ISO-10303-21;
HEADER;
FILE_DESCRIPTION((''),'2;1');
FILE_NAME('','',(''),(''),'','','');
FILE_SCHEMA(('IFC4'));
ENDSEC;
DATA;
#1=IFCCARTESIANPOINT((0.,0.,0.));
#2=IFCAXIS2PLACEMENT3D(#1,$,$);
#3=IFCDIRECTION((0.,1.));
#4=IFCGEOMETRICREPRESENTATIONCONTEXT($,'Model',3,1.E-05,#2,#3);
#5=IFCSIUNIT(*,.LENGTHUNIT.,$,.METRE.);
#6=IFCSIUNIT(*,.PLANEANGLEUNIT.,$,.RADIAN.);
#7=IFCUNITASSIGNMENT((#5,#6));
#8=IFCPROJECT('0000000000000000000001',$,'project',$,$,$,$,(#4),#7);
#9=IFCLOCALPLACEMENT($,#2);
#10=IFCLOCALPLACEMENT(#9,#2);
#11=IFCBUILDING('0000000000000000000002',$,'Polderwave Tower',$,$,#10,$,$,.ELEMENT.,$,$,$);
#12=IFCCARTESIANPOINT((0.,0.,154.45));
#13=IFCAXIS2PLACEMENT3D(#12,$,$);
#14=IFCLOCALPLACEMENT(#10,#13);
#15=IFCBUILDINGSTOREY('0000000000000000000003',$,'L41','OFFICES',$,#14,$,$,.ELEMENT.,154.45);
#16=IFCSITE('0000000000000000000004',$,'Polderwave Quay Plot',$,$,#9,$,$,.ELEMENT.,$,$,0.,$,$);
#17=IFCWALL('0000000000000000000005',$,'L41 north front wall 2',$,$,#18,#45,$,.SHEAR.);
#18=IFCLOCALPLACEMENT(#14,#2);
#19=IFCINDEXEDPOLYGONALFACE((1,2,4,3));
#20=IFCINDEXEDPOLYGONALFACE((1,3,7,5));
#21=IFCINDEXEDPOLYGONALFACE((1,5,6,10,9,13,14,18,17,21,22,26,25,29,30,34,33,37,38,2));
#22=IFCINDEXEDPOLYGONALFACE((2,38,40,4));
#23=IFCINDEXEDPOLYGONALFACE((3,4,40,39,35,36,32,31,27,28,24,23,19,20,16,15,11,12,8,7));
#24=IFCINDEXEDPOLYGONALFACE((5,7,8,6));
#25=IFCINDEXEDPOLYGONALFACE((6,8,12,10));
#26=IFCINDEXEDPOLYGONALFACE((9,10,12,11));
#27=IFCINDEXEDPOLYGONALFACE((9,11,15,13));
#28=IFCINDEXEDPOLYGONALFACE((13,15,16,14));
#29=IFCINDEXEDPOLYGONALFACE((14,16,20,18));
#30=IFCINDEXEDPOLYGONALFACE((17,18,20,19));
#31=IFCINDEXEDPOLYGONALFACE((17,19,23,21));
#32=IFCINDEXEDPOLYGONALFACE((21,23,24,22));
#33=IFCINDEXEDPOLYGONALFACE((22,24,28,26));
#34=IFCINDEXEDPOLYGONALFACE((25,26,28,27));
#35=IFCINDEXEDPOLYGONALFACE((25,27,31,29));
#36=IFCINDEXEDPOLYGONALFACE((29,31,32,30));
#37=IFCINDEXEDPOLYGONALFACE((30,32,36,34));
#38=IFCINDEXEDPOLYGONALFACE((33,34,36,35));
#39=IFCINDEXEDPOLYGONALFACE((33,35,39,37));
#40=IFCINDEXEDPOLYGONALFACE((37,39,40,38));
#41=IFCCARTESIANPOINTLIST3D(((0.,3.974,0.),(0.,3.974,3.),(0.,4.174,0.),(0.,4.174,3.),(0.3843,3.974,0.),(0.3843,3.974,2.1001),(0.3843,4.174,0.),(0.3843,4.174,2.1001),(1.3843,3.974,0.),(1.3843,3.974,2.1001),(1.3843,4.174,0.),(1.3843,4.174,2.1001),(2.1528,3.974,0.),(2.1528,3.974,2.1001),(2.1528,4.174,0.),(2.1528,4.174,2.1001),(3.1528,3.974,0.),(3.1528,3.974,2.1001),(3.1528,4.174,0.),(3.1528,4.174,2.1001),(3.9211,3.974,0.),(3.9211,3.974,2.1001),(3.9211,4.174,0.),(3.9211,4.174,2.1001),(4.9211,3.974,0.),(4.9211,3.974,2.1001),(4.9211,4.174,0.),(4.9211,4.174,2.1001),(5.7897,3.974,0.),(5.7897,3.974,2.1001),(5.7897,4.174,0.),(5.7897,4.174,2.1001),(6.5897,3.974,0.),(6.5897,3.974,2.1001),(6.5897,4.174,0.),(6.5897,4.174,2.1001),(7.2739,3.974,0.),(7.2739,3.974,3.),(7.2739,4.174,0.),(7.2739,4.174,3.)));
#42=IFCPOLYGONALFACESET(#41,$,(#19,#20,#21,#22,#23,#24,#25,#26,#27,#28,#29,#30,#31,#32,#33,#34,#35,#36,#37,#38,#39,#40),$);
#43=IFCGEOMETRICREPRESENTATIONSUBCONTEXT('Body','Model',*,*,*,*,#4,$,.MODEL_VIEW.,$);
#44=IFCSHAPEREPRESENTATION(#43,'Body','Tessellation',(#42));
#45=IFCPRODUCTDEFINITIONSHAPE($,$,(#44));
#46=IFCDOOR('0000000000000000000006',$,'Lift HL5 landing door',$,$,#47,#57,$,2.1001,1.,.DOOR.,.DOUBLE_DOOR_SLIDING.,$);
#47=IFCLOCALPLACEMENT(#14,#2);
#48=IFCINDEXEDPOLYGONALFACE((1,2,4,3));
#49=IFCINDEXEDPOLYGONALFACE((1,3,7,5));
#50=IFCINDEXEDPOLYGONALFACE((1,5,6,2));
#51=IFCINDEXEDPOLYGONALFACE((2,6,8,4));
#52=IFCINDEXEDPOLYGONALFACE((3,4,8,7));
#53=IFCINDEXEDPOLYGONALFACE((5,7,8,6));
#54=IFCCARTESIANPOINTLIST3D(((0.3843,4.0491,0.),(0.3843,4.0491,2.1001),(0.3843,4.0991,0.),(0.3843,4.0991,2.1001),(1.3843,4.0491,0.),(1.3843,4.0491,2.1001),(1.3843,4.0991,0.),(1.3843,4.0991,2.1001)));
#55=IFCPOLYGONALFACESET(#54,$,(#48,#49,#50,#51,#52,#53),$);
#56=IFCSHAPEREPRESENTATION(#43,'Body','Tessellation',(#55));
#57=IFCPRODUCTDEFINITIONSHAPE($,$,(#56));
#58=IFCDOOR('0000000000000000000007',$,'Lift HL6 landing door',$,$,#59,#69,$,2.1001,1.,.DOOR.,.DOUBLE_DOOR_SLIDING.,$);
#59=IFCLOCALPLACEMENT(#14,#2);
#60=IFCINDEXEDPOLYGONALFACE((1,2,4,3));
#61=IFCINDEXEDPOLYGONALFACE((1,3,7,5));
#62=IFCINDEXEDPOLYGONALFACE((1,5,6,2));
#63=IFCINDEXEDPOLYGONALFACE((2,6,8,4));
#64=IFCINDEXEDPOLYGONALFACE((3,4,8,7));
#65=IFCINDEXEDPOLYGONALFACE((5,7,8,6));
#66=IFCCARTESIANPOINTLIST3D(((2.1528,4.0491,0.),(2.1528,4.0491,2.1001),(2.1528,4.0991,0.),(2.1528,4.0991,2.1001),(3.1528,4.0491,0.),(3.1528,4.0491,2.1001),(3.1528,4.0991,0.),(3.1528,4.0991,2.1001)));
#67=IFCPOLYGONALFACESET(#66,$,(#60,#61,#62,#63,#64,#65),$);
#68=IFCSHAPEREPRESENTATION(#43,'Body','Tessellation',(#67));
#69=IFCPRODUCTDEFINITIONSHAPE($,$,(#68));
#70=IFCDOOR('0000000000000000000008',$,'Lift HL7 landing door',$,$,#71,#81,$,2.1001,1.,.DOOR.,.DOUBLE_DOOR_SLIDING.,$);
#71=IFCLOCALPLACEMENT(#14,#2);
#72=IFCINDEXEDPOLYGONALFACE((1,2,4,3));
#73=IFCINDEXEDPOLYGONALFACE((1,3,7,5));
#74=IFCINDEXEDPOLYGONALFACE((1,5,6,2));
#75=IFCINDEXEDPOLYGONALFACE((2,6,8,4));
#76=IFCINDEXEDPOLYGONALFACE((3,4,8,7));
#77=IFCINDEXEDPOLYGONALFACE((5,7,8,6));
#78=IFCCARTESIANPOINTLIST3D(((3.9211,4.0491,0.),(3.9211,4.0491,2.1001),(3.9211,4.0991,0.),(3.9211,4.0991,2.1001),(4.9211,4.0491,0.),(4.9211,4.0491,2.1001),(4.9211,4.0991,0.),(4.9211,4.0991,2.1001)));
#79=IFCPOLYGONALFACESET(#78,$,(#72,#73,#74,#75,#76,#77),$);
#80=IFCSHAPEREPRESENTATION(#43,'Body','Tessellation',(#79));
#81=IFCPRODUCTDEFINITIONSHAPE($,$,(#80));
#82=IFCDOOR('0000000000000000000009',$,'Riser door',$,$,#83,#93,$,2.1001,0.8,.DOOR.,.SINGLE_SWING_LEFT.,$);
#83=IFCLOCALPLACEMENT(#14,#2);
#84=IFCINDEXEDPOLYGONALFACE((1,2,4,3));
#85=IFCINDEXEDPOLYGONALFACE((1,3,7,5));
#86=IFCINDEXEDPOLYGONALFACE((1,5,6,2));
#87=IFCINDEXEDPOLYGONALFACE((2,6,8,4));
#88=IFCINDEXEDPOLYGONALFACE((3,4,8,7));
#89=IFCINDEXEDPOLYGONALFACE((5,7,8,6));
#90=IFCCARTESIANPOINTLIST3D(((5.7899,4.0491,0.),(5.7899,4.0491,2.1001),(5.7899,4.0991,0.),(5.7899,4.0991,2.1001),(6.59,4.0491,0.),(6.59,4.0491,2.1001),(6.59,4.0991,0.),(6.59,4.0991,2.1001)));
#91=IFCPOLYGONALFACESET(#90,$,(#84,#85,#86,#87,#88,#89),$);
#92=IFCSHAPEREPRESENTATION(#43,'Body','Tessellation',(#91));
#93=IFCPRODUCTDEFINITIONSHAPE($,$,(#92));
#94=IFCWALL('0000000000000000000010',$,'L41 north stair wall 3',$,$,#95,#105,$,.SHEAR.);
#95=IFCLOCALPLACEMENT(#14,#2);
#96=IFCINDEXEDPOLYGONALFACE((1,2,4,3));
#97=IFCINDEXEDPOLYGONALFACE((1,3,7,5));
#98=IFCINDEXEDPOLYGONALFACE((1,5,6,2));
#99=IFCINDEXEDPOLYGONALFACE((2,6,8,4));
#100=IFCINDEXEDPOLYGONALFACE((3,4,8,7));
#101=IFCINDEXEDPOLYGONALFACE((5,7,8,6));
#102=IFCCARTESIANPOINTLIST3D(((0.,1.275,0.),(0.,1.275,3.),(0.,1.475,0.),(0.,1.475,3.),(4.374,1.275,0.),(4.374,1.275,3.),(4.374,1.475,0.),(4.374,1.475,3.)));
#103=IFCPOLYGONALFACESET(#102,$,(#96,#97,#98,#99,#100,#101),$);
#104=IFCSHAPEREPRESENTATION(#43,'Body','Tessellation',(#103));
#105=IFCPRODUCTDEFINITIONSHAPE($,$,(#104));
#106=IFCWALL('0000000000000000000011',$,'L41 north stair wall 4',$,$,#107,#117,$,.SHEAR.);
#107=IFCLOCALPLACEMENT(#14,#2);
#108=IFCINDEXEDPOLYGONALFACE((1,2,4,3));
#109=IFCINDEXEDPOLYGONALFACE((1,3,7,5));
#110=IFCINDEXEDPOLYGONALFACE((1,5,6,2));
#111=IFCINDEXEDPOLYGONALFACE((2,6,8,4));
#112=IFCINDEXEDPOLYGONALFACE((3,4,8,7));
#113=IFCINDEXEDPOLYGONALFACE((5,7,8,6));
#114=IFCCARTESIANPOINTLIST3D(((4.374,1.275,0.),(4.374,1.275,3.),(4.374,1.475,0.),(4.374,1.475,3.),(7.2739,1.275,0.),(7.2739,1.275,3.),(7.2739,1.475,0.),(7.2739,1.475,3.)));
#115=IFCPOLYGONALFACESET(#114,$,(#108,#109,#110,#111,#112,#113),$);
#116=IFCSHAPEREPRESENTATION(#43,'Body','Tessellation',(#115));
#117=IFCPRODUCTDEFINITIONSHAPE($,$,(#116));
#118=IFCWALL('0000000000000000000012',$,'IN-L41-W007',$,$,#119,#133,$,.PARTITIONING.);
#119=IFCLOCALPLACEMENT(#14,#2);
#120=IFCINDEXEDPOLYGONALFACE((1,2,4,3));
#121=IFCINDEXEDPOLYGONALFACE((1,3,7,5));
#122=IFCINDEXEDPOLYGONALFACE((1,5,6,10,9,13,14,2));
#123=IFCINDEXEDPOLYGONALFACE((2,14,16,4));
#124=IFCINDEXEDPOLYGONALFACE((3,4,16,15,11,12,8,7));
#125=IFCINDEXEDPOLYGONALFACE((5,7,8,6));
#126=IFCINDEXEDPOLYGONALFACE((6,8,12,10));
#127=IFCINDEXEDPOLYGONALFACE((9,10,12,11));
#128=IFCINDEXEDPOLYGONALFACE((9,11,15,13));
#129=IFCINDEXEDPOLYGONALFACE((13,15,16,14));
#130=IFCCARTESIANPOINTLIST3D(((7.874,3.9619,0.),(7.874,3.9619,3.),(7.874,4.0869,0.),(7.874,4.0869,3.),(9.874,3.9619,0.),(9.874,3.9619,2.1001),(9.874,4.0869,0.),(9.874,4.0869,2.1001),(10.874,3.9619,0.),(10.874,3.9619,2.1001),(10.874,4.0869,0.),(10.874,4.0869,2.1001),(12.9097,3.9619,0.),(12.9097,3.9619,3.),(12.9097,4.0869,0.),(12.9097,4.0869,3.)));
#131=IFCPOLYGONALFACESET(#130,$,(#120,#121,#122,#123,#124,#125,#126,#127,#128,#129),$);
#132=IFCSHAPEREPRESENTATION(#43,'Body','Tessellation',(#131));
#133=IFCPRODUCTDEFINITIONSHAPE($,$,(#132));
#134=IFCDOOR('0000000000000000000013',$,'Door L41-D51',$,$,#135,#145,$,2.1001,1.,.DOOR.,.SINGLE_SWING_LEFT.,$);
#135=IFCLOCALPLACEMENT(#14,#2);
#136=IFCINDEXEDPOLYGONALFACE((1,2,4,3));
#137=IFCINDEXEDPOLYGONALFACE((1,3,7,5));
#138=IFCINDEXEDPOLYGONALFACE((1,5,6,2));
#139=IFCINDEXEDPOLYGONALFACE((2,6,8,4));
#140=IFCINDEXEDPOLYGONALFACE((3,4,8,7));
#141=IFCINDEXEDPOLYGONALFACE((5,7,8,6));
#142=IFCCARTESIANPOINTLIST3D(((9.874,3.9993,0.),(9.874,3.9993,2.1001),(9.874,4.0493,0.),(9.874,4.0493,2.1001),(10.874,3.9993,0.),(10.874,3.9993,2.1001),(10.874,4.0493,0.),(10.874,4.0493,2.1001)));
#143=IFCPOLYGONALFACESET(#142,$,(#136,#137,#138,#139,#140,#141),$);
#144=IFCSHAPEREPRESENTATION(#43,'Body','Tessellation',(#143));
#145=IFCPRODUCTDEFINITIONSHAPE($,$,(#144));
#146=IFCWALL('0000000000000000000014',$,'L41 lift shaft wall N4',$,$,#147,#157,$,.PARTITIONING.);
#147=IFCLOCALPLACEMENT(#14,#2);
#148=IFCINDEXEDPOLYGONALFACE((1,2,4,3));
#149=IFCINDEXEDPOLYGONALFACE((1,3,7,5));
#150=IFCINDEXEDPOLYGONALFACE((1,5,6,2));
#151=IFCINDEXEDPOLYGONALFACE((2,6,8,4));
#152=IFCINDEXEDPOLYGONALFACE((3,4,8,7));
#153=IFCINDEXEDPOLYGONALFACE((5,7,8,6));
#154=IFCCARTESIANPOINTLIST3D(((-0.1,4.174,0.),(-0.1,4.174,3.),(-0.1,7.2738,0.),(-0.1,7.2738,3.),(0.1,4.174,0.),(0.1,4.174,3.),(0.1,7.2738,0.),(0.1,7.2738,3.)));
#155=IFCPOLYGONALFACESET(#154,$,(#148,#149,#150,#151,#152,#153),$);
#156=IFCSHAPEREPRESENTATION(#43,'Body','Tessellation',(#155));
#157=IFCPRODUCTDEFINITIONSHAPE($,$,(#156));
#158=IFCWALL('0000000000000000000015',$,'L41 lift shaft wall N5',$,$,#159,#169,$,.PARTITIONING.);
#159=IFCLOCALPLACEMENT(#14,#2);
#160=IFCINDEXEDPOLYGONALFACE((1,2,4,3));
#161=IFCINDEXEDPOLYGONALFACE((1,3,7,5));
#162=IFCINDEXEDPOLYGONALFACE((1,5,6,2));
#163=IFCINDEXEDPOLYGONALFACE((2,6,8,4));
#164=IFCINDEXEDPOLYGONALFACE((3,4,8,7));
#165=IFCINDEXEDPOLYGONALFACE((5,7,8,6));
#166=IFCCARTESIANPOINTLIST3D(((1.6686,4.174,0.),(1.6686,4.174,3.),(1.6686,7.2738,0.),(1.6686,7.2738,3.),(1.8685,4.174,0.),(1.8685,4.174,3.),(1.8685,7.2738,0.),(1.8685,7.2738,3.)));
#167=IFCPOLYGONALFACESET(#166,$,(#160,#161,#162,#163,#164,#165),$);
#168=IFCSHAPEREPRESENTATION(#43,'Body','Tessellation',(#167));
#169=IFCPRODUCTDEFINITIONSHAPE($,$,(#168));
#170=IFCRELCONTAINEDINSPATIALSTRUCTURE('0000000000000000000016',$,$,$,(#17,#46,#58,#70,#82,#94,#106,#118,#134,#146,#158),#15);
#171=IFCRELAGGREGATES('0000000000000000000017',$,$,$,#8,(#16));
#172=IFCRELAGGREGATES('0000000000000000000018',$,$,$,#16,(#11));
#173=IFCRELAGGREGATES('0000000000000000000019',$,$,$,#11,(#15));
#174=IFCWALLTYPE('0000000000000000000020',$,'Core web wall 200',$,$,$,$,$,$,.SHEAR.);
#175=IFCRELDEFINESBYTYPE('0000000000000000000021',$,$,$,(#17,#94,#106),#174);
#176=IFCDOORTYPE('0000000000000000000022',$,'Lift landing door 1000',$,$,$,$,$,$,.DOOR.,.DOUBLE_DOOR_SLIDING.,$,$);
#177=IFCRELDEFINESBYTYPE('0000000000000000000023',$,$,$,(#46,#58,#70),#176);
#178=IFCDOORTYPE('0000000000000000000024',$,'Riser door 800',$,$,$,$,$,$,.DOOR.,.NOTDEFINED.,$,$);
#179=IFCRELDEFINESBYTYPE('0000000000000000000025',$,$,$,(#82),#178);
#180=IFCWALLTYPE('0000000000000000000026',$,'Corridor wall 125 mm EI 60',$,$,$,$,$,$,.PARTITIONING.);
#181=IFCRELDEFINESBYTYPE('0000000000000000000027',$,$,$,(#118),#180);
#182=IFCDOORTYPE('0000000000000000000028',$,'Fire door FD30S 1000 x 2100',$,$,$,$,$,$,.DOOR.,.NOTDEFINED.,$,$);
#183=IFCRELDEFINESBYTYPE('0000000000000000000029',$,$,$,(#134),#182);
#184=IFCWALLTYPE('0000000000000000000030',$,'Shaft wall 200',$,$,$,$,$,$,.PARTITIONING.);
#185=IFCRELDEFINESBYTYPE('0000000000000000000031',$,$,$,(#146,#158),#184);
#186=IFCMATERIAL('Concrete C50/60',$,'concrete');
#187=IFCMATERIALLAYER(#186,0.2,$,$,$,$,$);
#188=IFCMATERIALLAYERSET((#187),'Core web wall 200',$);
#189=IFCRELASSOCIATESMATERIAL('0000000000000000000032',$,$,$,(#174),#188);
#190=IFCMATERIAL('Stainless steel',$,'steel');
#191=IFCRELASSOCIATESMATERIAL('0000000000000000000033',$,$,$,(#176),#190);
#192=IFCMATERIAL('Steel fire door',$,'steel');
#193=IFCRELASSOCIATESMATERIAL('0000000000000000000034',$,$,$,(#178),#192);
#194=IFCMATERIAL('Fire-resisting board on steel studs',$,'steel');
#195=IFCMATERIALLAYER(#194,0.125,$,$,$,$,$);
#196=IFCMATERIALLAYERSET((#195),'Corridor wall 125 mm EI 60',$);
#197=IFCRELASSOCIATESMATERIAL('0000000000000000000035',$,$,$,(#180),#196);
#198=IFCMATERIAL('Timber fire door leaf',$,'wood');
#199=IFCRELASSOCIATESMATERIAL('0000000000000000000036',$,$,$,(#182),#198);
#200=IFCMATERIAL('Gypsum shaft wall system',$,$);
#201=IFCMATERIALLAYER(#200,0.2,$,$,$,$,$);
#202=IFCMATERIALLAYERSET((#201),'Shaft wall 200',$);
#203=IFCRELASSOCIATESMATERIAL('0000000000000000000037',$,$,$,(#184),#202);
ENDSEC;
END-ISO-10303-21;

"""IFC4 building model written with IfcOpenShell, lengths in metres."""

from ifc_helpers import new_model, si_unit, direction, frame, frame_2d, origin, place, context, subcontext, project, spatial, rectangle, extrude, material, layer, layer_set, type_object, element, fill, save


model = new_model("IFC4")

# Units and contexts
model_context = context("Model", 3, precision=1e-05, world=origin(), true_north=direction((0.0, 1.0)))
body_context = subcontext(model_context, "Body", "Model", "MODEL_VIEW")
ifc_project = project(units=[si_unit("LENGTHUNIT", "METRE"), si_unit("PLANEANGLEUNIT", "RADIAN")], contexts=[model_context])

# Site, building, storey
site_placement = place(None, origin())
site = spatial("IfcSite", under=ifc_project, at=site_placement, Name="Polderwave Quay Plot", CompositionType="ELEMENT", RefElevation=0.0)
building_placement = place(site_placement, origin())
building = spatial("IfcBuilding", under=site, at=building_placement, Name="Polderwave Tower", CompositionType="ELEMENT")
storey_placement = place(building_placement, frame((0.0, 0.0, 154.45)))
storey = spatial("IfcBuildingStorey", under=building, at=storey_placement, Name="L41", Description="OFFICES", CompositionType="ELEMENT", Elevation=154.45)

# Wall, openings, doors
ifc_material_1 = material(Name="Concrete C50/60", Category="concrete")
ifc_layer_1 = layer(ifc_material_1, 0.2)
ifc_layer_set_1 = layer_set([ifc_layer_1], Name="Core web wall 200")
wall_type_1 = type_object("IfcWallType", Name="Core web wall 200", PredefinedType="SHEAR", material=ifc_layer_set_1)
wall_1_placement = place(storey_placement, frame((0.0, 4.074, 0.0), z_axis=(0.0, 0.0, 1.0), x_axis=(1.0, 0.0, 0.0)))
wall_1 = element("IfcWall", 1, at=wall_1_placement, inside=storey, type_object=wall_type_1, Name="L41 north front wall 2", PredefinedType="SHEAR", context=body_context, shape_type="SweptSolid", body=[
    extrude(rectangle(XDim=7.2739, YDim=0.2, at=frame_2d((3.637, 0.0))), origin(), (0.0, 0.0, 1.0), 3.0),
])
opening_1_placement = place(wall_1_placement, frame((0.3843, 0.0, 0.0)))
opening_1 = element("IfcOpeningElement", 2, at=opening_1_placement, cuts=wall_1, PredefinedType="OPENING", context=body_context, shape_type="SweptSolid", body=[
    extrude(rectangle(XDim=1.0, YDim=2.1001, at=frame_2d((0.5, 1.05))), frame((0.0, 0.1099, 0.0), z_axis=(0.0, -1.0, 0.0), x_axis=(1.0, 0.0, 0.0)), (0.0, 0.0, 1.0), 0.22),
])
opening_2_placement = place(wall_1_placement, frame((2.1528, 0.0, 0.0)))
opening_2 = element("IfcOpeningElement", 3, at=opening_2_placement, cuts=wall_1, PredefinedType="OPENING", context=body_context, shape_type="SweptSolid", body=[
    extrude(rectangle(XDim=1.0, YDim=2.1001, at=frame_2d((0.5, 1.05))), frame((0.0, 0.1099, 0.0), z_axis=(0.0, -1.0, 0.0), x_axis=(1.0, 0.0, 0.0)), (0.0, 0.0, 1.0), 0.22),
])
opening_3_placement = place(wall_1_placement, frame((3.9211, 0.0, 0.0)))
opening_3 = element("IfcOpeningElement", 4, at=opening_3_placement, cuts=wall_1, PredefinedType="OPENING", context=body_context, shape_type="SweptSolid", body=[
    extrude(rectangle(XDim=1.0, YDim=2.1001, at=frame_2d((0.5, 1.05))), frame((0.0, 0.1099, 0.0), z_axis=(0.0, -1.0, 0.0), x_axis=(1.0, 0.0, 0.0)), (0.0, 0.0, 1.0), 0.22),
])
opening_4_placement = place(wall_1_placement, frame((5.7898, 0.0, 0.0)))
opening_4 = element("IfcOpeningElement", 5, at=opening_4_placement, cuts=wall_1, PredefinedType="OPENING", context=body_context, shape_type="SweptSolid", body=[
    extrude(rectangle(XDim=0.8, YDim=2.1001, at=frame_2d((0.3999, 1.05))), frame((0.0, 0.1099, 0.0), z_axis=(0.0, -1.0, 0.0), x_axis=(1.0, 0.0, 0.0)), (0.0, 0.0, 1.0), 0.22),
])
ifc_material_2 = material(Name="Stainless steel", Category="steel")
door_type_1 = type_object("IfcDoorType", Name="Lift landing door 1000", OperationType="DOUBLE_DOOR_SLIDING", PredefinedType="DOOR", material=ifc_material_2)
door_1_placement = place(opening_1_placement, frame((1.0, 0.0, 0.0), z_axis=(0.0, 0.0, 1.0), x_axis=(-1.0, 0.0, 0.0)))
door_1 = element("IfcDoor", 6, at=door_1_placement, inside=storey, type_object=door_type_1, Name="Lift HL5 landing door", OperationType="DOUBLE_DOOR_SLIDING", OverallHeight=2.1001, OverallWidth=1.0, PredefinedType="DOOR", context=body_context, shape_type="SweptSolid", body=[
    extrude(rectangle(XDim=1.0, YDim=2.1001, at=frame_2d((0.5, 1.05))), frame((0.0, 0.0249, 0.0), z_axis=(0.0, -1.0, 0.0), x_axis=(1.0, 0.0, 0.0)), (0.0, 0.0, 1.0), 0.05),
])
fill(opening_1, door_1)
door_2_placement = place(opening_2_placement, frame((1.0, 0.0, 0.0), z_axis=(0.0, 0.0, 1.0), x_axis=(-1.0, 0.0, 0.0)))
door_2 = element("IfcDoor", 7, at=door_2_placement, inside=storey, type_object=door_type_1, Name="Lift HL6 landing door", OperationType="DOUBLE_DOOR_SLIDING", OverallHeight=2.1001, OverallWidth=1.0, PredefinedType="DOOR", context=body_context, shape_type="SweptSolid", body=[
    extrude(rectangle(XDim=1.0, YDim=2.1001, at=frame_2d((0.5, 1.05))), frame((0.0, 0.0249, 0.0), z_axis=(0.0, -1.0, 0.0), x_axis=(1.0, 0.0, 0.0)), (0.0, 0.0, 1.0), 0.05),
])
fill(opening_2, door_2)
door_3_placement = place(opening_3_placement, frame((1.0, 0.0, 0.0), z_axis=(0.0, 0.0, 1.0), x_axis=(-1.0, 0.0, 0.0)))
door_3 = element("IfcDoor", 8, at=door_3_placement, inside=storey, type_object=door_type_1, Name="Lift HL7 landing door", OperationType="DOUBLE_DOOR_SLIDING", OverallHeight=2.1001, OverallWidth=1.0, PredefinedType="DOOR", context=body_context, shape_type="SweptSolid", body=[
    extrude(rectangle(XDim=1.0, YDim=2.1001, at=frame_2d((0.5, 1.05))), frame((0.0, 0.0249, 0.0), z_axis=(0.0, -1.0, 0.0), x_axis=(1.0, 0.0, 0.0)), (0.0, 0.0, 1.0), 0.05),
])
fill(opening_3, door_3)
ifc_material_3 = material(Name="Steel fire door", Category="steel")
door_type_2 = type_object("IfcDoorType", Name="Riser door 800", OperationType="NOTDEFINED", PredefinedType="DOOR", material=ifc_material_3)
door_4_placement = place(opening_4_placement, frame((0.8, 0.0, 0.0), z_axis=(0.0, 0.0, 1.0), x_axis=(-1.0, 0.0, 0.0)))
door_4 = element("IfcDoor", 9, at=door_4_placement, inside=storey, type_object=door_type_2, Name="Riser door", OperationType="SINGLE_SWING_LEFT", OverallHeight=2.1001, OverallWidth=0.8, PredefinedType="DOOR", context=body_context, shape_type="SweptSolid", body=[
    extrude(rectangle(XDim=0.8, YDim=2.1001, at=frame_2d((0.3999, 1.05))), frame((0.0, 0.0249, 0.0), z_axis=(0.0, -1.0, 0.0), x_axis=(1.0, 0.0, 0.0)), (0.0, 0.0, 1.0), 0.05),
])
fill(opening_4, door_4)

# Walls
wall_2_placement = place(storey_placement, frame((0.0, 1.375, 0.0), z_axis=(0.0, 0.0, 1.0), x_axis=(1.0, 0.0, 0.0)))
element("IfcWall", 10, at=wall_2_placement, inside=storey, type_object=wall_type_1, Name="L41 north stair wall 3", PredefinedType="SHEAR", context=body_context, shape_type="SweptSolid", body=[
    extrude(rectangle(XDim=4.374, YDim=0.2, at=frame_2d((2.187, 0.0))), origin(), (0.0, 0.0, 1.0), 3.0),
])
wall_3_placement = place(storey_placement, frame((4.374, 1.375, 0.0), z_axis=(0.0, 0.0, 1.0), x_axis=(1.0, 0.0, 0.0)))
element("IfcWall", 11, at=wall_3_placement, inside=storey, type_object=wall_type_1, Name="L41 north stair wall 4", PredefinedType="SHEAR", context=body_context, shape_type="SweptSolid", body=[
    extrude(rectangle(XDim=2.8999, YDim=0.2, at=frame_2d((1.45, 0.0))), origin(), (0.0, 0.0, 1.0), 3.0),
])

# Wall, opening, door
ifc_material_4 = material(Name="Fire-resisting board on steel studs", Category="steel")
ifc_layer_2 = layer(ifc_material_4, 0.125)
ifc_layer_set_2 = layer_set([ifc_layer_2], Name="Corridor wall 125 mm EI 60")
wall_type_2 = type_object("IfcWallType", Name="Corridor wall 125 mm EI 60", PredefinedType="PARTITIONING", material=ifc_layer_set_2)
wall_4_placement = place(storey_placement, frame((7.874, 4.0244, 0.0), z_axis=(0.0, 0.0, 1.0), x_axis=(1.0, 0.0, 0.0)))
wall_4 = element("IfcWall", 12, at=wall_4_placement, inside=storey, type_object=wall_type_2, Name="IN-L41-W007", PredefinedType="PARTITIONING", context=body_context, shape_type="SweptSolid", body=[
    extrude(rectangle(XDim=5.0356, YDim=0.125, at=frame_2d((2.5178, 0.0))), origin(), (0.0, 0.0, 1.0), 3.0),
])
opening_5_placement = place(wall_4_placement, frame((2.0, 0.0, 0.0)))
opening_5 = element("IfcOpeningElement", 13, at=opening_5_placement, cuts=wall_4, PredefinedType="OPENING", context=body_context, shape_type="SweptSolid", body=[
    extrude(rectangle(XDim=1.0, YDim=2.1001, at=frame_2d((0.5, 1.05))), frame((0.0, 0.0725, 0.0), z_axis=(0.0, -1.0, 0.0), x_axis=(1.0, 0.0, 0.0)), (0.0, 0.0, 1.0), 0.145),
])
ifc_material_5 = material(Name="Timber fire door leaf", Category="wood")
door_type_3 = type_object("IfcDoorType", Name="Fire door FD30S 1000 x 2100", OperationType="NOTDEFINED", PredefinedType="DOOR", material=ifc_material_5)
door_5_placement = place(opening_5_placement, origin())
door_5 = element("IfcDoor", 14, at=door_5_placement, inside=storey, type_object=door_type_3, Name="Door L41-D51", OperationType="SINGLE_SWING_LEFT", OverallHeight=2.1001, OverallWidth=1.0, PredefinedType="DOOR", context=body_context, shape_type="SweptSolid", body=[
    extrude(rectangle(XDim=1.0, YDim=2.1001, at=frame_2d((0.5, 1.05))), frame((0.0, 0.0249, 0.0), z_axis=(0.0, -1.0, 0.0), x_axis=(1.0, 0.0, 0.0)), (0.0, 0.0, 1.0), 0.05),
])
fill(opening_5, door_5)

# Walls
ifc_material_6 = material(Name="Gypsum shaft wall system")
ifc_layer_3 = layer(ifc_material_6, 0.2)
ifc_layer_set_3 = layer_set([ifc_layer_3], Name="Shaft wall 200")
wall_type_3 = type_object("IfcWallType", Name="Shaft wall 200", PredefinedType="PARTITIONING", material=ifc_layer_set_3)
for number, where, z_axis, x_axis, name in (
    (15, (0.0, 4.1741, 0.0), (0.0, 0.0, 1.0), (0.0, 1.0, 0.0), "L41 lift shaft wall N4"),
    (16, (1.7686, 4.1741, 0.0), (0.0, 0.0, 1.0), (0.0, 1.0, 0.0), "L41 lift shaft wall N5"),
):
    element("IfcWall", number, at=place(storey_placement, frame(where, z_axis=z_axis, x_axis=x_axis)), inside=storey, type_object=wall_type_3, Name=name, PredefinedType="PARTITIONING", context=body_context, shape_type="SweptSolid", body=[
        extrude(rectangle(XDim=3.0999, YDim=0.2, at=frame_2d((1.5498, 0.0))), origin(), (0.0, 0.0, 1.0), 3.0),
    ])

save(model, "model.ifc")
